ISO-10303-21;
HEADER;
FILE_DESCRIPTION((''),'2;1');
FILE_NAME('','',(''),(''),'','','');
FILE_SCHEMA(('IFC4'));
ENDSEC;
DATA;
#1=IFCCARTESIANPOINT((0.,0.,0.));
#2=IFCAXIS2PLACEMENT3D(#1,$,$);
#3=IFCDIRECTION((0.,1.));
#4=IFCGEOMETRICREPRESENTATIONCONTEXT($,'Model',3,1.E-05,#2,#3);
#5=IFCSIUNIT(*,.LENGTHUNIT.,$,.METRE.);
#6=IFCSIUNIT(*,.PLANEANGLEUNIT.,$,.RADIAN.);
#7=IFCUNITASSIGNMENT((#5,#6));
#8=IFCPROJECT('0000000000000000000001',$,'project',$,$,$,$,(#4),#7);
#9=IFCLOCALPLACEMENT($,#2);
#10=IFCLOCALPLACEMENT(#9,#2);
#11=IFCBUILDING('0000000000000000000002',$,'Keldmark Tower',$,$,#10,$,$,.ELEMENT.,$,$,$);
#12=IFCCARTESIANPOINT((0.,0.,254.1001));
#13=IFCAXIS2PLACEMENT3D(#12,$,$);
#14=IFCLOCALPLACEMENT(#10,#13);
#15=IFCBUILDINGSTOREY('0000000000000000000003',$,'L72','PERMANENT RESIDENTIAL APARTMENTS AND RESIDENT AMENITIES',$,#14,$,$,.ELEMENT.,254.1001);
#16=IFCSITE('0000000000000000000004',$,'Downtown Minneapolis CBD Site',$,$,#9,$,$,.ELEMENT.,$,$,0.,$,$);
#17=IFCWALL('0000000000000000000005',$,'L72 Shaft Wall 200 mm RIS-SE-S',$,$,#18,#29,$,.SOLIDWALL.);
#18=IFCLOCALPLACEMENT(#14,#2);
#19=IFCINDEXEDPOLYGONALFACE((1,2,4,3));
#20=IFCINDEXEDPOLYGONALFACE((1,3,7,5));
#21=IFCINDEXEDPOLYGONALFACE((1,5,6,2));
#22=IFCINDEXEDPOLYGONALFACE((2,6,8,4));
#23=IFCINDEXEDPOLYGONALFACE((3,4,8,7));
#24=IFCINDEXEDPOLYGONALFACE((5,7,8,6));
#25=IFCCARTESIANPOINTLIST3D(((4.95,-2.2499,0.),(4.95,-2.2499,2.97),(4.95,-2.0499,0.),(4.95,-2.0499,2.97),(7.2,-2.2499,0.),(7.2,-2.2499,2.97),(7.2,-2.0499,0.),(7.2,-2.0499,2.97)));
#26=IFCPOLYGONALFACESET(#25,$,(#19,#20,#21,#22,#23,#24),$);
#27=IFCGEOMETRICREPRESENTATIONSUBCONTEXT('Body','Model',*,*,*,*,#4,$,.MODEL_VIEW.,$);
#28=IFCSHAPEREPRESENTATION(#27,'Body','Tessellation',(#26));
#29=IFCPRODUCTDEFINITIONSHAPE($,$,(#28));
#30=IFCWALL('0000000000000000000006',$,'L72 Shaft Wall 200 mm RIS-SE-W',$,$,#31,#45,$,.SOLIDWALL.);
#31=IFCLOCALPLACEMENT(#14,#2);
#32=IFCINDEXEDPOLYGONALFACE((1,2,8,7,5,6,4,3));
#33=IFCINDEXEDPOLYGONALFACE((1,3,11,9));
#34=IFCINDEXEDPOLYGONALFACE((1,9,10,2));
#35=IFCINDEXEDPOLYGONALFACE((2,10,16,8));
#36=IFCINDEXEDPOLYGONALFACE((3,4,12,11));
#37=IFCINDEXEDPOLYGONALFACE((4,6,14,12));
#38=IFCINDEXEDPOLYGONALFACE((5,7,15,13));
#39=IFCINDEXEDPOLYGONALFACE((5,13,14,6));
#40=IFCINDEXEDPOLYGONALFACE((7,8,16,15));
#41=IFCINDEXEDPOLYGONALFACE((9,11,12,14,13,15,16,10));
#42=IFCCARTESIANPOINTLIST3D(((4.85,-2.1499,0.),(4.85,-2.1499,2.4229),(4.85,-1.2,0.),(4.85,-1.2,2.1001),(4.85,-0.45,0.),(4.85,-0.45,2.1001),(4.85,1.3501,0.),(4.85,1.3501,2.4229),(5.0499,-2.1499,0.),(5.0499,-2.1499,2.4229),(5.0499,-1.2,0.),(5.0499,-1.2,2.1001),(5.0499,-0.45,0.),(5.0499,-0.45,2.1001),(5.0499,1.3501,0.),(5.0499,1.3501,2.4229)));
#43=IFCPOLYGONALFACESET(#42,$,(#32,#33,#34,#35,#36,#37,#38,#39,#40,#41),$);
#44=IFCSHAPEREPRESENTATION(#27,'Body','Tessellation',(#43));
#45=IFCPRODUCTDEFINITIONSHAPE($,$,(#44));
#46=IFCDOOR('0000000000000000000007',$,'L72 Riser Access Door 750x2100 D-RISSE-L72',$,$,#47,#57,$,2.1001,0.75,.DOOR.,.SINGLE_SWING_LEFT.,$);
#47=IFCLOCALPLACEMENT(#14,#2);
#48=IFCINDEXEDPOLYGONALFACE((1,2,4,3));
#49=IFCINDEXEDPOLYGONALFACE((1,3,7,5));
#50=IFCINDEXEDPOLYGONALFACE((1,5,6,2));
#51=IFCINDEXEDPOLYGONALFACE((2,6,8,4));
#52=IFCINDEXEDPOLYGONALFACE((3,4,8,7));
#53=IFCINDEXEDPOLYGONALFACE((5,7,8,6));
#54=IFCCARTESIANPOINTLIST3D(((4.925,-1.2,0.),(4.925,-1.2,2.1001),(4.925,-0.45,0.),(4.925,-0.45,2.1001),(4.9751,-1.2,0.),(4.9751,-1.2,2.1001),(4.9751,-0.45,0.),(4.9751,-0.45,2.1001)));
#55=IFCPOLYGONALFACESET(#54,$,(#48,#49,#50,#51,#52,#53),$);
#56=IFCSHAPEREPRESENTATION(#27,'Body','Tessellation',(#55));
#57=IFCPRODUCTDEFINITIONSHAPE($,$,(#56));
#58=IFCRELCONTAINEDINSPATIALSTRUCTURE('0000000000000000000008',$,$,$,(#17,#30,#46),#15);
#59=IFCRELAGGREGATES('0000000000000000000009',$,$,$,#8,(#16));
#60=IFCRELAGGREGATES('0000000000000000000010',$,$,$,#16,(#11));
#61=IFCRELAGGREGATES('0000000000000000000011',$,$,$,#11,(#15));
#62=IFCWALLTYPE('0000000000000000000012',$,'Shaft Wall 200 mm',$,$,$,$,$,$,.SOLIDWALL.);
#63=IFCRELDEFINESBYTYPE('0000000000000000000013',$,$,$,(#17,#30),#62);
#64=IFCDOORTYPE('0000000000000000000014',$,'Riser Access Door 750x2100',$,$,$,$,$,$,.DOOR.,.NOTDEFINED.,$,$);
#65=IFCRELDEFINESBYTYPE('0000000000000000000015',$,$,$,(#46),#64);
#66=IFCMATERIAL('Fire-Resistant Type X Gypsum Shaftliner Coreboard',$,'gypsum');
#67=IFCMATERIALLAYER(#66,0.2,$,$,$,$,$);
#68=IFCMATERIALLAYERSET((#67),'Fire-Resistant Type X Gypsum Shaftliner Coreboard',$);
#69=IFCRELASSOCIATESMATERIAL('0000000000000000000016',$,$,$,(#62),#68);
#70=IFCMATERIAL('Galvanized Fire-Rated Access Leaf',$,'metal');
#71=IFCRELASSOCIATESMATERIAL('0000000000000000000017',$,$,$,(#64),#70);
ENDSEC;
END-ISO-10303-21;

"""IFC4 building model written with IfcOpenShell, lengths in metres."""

from ifc_helpers import new_model, si_unit, direction, frame, frame_2d, origin, place, context, subcontext, project, spatial, rectangle, extrude, material, layer, layer_set, type_object, element, fill, save


model = new_model("IFC4")

# Units and contexts
model_context = context("Model", 3, precision=1e-05, world=origin(), true_north=direction((0.0, 1.0)))
body_context = subcontext(model_context, "Body", "Model", "MODEL_VIEW")
ifc_project = project(units=[si_unit("LENGTHUNIT", "METRE"), si_unit("PLANEANGLEUNIT", "RADIAN")], contexts=[model_context])

# Site, building, storey
site_placement = place(None, origin())
site = spatial("IfcSite", under=ifc_project, at=site_placement, Name="Downtown Minneapolis CBD Site", CompositionType="ELEMENT", RefElevation=0.0)
building_placement = place(site_placement, origin())
building = spatial("IfcBuilding", under=site, at=building_placement, Name="Keldmark Tower", CompositionType="ELEMENT")
storey_placement = place(building_placement, frame((0.0, 0.0, 254.1001)))
storey = spatial("IfcBuildingStorey", under=building, at=storey_placement, Name="L72", Description="PERMANENT RESIDENTIAL APARTMENTS AND RESIDENT AMENITIES", CompositionType="ELEMENT", Elevation=254.1001)

# Wall
ifc_material_1 = material(Name="Fire-Resistant Type X Gypsum Shaftliner Coreboard", Category="gypsum")
ifc_layer_1 = layer(ifc_material_1, 0.2)
ifc_layer_set_1 = layer_set([ifc_layer_1], Name="Fire-Resistant Type X Gypsum Shaftliner Coreboard")
wall_type_1 = type_object("IfcWallType", Name="Shaft Wall 200 mm", PredefinedType="SOLIDWALL", material=ifc_layer_set_1)
wall_1_placement = place(storey_placement, frame((4.95, -2.1499, 0.0), z_axis=(0.0, 0.0, 1.0), x_axis=(1.0, 0.0, 0.0)))
element("IfcWall", 1, at=wall_1_placement, inside=storey, type_object=wall_type_1, Name="L72 Shaft Wall 200 mm RIS-SE-S", PredefinedType="SOLIDWALL", context=body_context, shape_type="SweptSolid", body=[
    extrude(rectangle(XDim=2.25, YDim=0.2, at=frame_2d((1.125, 0.0))), origin(), (0.0, 0.0, 1.0), 2.97),
])

# Wall, opening, door
wall_2_placement = place(storey_placement, frame((4.95, -2.1499, 0.0), z_axis=(0.0, 0.0, 1.0), x_axis=(0.0, 1.0, 0.0)))
wall_2 = element("IfcWall", 2, at=wall_2_placement, inside=storey, type_object=wall_type_1, Name="L72 Shaft Wall 200 mm RIS-SE-W", PredefinedType="SOLIDWALL", context=body_context, shape_type="SweptSolid", body=[
    extrude(rectangle(XDim=3.5, YDim=0.2, at=frame_2d((1.75, 0.0))), origin(), (0.0, 0.0, 1.0), 2.4229),
])
opening_placement = place(wall_2_placement, frame((0.95, 0.0, 0.0)))
opening = element("IfcOpeningElement", 3, at=opening_placement, cuts=wall_2, PredefinedType="OPENING", context=body_context, shape_type="SweptSolid", body=[
    extrude(rectangle(XDim=0.75, YDim=2.1001, at=frame_2d((0.375, 1.05))), frame((0.0, 0.1099, 0.0), z_axis=(0.0, -1.0, 0.0), x_axis=(1.0, 0.0, 0.0)), (0.0, 0.0, 1.0), 0.22),
])
ifc_material_2 = material(Name="Galvanized Fire-Rated Access Leaf", Category="metal")
door_type = type_object("IfcDoorType", Name="Riser Access Door 750x2100", OperationType="NOTDEFINED", PredefinedType="DOOR", material=ifc_material_2)
door_placement = place(opening_placement, origin())
door = element("IfcDoor", 4, at=door_placement, inside=storey, type_object=door_type, Name="L72 Riser Access Door 750x2100 D-RISSE-L72", OperationType="SINGLE_SWING_LEFT", OverallHeight=2.1001, OverallWidth=0.75, PredefinedType="DOOR", context=body_context, shape_type="SweptSolid", body=[
    extrude(rectangle(XDim=0.75, YDim=2.1001, at=frame_2d((0.375, 1.05))), frame((0.0, 0.0249, 0.0), z_axis=(0.0, -1.0, 0.0), x_axis=(1.0, 0.0, 0.0)), (0.0, 0.0, 1.0), 0.05),
])
fill(opening, door)

save(model, "model.ifc")
